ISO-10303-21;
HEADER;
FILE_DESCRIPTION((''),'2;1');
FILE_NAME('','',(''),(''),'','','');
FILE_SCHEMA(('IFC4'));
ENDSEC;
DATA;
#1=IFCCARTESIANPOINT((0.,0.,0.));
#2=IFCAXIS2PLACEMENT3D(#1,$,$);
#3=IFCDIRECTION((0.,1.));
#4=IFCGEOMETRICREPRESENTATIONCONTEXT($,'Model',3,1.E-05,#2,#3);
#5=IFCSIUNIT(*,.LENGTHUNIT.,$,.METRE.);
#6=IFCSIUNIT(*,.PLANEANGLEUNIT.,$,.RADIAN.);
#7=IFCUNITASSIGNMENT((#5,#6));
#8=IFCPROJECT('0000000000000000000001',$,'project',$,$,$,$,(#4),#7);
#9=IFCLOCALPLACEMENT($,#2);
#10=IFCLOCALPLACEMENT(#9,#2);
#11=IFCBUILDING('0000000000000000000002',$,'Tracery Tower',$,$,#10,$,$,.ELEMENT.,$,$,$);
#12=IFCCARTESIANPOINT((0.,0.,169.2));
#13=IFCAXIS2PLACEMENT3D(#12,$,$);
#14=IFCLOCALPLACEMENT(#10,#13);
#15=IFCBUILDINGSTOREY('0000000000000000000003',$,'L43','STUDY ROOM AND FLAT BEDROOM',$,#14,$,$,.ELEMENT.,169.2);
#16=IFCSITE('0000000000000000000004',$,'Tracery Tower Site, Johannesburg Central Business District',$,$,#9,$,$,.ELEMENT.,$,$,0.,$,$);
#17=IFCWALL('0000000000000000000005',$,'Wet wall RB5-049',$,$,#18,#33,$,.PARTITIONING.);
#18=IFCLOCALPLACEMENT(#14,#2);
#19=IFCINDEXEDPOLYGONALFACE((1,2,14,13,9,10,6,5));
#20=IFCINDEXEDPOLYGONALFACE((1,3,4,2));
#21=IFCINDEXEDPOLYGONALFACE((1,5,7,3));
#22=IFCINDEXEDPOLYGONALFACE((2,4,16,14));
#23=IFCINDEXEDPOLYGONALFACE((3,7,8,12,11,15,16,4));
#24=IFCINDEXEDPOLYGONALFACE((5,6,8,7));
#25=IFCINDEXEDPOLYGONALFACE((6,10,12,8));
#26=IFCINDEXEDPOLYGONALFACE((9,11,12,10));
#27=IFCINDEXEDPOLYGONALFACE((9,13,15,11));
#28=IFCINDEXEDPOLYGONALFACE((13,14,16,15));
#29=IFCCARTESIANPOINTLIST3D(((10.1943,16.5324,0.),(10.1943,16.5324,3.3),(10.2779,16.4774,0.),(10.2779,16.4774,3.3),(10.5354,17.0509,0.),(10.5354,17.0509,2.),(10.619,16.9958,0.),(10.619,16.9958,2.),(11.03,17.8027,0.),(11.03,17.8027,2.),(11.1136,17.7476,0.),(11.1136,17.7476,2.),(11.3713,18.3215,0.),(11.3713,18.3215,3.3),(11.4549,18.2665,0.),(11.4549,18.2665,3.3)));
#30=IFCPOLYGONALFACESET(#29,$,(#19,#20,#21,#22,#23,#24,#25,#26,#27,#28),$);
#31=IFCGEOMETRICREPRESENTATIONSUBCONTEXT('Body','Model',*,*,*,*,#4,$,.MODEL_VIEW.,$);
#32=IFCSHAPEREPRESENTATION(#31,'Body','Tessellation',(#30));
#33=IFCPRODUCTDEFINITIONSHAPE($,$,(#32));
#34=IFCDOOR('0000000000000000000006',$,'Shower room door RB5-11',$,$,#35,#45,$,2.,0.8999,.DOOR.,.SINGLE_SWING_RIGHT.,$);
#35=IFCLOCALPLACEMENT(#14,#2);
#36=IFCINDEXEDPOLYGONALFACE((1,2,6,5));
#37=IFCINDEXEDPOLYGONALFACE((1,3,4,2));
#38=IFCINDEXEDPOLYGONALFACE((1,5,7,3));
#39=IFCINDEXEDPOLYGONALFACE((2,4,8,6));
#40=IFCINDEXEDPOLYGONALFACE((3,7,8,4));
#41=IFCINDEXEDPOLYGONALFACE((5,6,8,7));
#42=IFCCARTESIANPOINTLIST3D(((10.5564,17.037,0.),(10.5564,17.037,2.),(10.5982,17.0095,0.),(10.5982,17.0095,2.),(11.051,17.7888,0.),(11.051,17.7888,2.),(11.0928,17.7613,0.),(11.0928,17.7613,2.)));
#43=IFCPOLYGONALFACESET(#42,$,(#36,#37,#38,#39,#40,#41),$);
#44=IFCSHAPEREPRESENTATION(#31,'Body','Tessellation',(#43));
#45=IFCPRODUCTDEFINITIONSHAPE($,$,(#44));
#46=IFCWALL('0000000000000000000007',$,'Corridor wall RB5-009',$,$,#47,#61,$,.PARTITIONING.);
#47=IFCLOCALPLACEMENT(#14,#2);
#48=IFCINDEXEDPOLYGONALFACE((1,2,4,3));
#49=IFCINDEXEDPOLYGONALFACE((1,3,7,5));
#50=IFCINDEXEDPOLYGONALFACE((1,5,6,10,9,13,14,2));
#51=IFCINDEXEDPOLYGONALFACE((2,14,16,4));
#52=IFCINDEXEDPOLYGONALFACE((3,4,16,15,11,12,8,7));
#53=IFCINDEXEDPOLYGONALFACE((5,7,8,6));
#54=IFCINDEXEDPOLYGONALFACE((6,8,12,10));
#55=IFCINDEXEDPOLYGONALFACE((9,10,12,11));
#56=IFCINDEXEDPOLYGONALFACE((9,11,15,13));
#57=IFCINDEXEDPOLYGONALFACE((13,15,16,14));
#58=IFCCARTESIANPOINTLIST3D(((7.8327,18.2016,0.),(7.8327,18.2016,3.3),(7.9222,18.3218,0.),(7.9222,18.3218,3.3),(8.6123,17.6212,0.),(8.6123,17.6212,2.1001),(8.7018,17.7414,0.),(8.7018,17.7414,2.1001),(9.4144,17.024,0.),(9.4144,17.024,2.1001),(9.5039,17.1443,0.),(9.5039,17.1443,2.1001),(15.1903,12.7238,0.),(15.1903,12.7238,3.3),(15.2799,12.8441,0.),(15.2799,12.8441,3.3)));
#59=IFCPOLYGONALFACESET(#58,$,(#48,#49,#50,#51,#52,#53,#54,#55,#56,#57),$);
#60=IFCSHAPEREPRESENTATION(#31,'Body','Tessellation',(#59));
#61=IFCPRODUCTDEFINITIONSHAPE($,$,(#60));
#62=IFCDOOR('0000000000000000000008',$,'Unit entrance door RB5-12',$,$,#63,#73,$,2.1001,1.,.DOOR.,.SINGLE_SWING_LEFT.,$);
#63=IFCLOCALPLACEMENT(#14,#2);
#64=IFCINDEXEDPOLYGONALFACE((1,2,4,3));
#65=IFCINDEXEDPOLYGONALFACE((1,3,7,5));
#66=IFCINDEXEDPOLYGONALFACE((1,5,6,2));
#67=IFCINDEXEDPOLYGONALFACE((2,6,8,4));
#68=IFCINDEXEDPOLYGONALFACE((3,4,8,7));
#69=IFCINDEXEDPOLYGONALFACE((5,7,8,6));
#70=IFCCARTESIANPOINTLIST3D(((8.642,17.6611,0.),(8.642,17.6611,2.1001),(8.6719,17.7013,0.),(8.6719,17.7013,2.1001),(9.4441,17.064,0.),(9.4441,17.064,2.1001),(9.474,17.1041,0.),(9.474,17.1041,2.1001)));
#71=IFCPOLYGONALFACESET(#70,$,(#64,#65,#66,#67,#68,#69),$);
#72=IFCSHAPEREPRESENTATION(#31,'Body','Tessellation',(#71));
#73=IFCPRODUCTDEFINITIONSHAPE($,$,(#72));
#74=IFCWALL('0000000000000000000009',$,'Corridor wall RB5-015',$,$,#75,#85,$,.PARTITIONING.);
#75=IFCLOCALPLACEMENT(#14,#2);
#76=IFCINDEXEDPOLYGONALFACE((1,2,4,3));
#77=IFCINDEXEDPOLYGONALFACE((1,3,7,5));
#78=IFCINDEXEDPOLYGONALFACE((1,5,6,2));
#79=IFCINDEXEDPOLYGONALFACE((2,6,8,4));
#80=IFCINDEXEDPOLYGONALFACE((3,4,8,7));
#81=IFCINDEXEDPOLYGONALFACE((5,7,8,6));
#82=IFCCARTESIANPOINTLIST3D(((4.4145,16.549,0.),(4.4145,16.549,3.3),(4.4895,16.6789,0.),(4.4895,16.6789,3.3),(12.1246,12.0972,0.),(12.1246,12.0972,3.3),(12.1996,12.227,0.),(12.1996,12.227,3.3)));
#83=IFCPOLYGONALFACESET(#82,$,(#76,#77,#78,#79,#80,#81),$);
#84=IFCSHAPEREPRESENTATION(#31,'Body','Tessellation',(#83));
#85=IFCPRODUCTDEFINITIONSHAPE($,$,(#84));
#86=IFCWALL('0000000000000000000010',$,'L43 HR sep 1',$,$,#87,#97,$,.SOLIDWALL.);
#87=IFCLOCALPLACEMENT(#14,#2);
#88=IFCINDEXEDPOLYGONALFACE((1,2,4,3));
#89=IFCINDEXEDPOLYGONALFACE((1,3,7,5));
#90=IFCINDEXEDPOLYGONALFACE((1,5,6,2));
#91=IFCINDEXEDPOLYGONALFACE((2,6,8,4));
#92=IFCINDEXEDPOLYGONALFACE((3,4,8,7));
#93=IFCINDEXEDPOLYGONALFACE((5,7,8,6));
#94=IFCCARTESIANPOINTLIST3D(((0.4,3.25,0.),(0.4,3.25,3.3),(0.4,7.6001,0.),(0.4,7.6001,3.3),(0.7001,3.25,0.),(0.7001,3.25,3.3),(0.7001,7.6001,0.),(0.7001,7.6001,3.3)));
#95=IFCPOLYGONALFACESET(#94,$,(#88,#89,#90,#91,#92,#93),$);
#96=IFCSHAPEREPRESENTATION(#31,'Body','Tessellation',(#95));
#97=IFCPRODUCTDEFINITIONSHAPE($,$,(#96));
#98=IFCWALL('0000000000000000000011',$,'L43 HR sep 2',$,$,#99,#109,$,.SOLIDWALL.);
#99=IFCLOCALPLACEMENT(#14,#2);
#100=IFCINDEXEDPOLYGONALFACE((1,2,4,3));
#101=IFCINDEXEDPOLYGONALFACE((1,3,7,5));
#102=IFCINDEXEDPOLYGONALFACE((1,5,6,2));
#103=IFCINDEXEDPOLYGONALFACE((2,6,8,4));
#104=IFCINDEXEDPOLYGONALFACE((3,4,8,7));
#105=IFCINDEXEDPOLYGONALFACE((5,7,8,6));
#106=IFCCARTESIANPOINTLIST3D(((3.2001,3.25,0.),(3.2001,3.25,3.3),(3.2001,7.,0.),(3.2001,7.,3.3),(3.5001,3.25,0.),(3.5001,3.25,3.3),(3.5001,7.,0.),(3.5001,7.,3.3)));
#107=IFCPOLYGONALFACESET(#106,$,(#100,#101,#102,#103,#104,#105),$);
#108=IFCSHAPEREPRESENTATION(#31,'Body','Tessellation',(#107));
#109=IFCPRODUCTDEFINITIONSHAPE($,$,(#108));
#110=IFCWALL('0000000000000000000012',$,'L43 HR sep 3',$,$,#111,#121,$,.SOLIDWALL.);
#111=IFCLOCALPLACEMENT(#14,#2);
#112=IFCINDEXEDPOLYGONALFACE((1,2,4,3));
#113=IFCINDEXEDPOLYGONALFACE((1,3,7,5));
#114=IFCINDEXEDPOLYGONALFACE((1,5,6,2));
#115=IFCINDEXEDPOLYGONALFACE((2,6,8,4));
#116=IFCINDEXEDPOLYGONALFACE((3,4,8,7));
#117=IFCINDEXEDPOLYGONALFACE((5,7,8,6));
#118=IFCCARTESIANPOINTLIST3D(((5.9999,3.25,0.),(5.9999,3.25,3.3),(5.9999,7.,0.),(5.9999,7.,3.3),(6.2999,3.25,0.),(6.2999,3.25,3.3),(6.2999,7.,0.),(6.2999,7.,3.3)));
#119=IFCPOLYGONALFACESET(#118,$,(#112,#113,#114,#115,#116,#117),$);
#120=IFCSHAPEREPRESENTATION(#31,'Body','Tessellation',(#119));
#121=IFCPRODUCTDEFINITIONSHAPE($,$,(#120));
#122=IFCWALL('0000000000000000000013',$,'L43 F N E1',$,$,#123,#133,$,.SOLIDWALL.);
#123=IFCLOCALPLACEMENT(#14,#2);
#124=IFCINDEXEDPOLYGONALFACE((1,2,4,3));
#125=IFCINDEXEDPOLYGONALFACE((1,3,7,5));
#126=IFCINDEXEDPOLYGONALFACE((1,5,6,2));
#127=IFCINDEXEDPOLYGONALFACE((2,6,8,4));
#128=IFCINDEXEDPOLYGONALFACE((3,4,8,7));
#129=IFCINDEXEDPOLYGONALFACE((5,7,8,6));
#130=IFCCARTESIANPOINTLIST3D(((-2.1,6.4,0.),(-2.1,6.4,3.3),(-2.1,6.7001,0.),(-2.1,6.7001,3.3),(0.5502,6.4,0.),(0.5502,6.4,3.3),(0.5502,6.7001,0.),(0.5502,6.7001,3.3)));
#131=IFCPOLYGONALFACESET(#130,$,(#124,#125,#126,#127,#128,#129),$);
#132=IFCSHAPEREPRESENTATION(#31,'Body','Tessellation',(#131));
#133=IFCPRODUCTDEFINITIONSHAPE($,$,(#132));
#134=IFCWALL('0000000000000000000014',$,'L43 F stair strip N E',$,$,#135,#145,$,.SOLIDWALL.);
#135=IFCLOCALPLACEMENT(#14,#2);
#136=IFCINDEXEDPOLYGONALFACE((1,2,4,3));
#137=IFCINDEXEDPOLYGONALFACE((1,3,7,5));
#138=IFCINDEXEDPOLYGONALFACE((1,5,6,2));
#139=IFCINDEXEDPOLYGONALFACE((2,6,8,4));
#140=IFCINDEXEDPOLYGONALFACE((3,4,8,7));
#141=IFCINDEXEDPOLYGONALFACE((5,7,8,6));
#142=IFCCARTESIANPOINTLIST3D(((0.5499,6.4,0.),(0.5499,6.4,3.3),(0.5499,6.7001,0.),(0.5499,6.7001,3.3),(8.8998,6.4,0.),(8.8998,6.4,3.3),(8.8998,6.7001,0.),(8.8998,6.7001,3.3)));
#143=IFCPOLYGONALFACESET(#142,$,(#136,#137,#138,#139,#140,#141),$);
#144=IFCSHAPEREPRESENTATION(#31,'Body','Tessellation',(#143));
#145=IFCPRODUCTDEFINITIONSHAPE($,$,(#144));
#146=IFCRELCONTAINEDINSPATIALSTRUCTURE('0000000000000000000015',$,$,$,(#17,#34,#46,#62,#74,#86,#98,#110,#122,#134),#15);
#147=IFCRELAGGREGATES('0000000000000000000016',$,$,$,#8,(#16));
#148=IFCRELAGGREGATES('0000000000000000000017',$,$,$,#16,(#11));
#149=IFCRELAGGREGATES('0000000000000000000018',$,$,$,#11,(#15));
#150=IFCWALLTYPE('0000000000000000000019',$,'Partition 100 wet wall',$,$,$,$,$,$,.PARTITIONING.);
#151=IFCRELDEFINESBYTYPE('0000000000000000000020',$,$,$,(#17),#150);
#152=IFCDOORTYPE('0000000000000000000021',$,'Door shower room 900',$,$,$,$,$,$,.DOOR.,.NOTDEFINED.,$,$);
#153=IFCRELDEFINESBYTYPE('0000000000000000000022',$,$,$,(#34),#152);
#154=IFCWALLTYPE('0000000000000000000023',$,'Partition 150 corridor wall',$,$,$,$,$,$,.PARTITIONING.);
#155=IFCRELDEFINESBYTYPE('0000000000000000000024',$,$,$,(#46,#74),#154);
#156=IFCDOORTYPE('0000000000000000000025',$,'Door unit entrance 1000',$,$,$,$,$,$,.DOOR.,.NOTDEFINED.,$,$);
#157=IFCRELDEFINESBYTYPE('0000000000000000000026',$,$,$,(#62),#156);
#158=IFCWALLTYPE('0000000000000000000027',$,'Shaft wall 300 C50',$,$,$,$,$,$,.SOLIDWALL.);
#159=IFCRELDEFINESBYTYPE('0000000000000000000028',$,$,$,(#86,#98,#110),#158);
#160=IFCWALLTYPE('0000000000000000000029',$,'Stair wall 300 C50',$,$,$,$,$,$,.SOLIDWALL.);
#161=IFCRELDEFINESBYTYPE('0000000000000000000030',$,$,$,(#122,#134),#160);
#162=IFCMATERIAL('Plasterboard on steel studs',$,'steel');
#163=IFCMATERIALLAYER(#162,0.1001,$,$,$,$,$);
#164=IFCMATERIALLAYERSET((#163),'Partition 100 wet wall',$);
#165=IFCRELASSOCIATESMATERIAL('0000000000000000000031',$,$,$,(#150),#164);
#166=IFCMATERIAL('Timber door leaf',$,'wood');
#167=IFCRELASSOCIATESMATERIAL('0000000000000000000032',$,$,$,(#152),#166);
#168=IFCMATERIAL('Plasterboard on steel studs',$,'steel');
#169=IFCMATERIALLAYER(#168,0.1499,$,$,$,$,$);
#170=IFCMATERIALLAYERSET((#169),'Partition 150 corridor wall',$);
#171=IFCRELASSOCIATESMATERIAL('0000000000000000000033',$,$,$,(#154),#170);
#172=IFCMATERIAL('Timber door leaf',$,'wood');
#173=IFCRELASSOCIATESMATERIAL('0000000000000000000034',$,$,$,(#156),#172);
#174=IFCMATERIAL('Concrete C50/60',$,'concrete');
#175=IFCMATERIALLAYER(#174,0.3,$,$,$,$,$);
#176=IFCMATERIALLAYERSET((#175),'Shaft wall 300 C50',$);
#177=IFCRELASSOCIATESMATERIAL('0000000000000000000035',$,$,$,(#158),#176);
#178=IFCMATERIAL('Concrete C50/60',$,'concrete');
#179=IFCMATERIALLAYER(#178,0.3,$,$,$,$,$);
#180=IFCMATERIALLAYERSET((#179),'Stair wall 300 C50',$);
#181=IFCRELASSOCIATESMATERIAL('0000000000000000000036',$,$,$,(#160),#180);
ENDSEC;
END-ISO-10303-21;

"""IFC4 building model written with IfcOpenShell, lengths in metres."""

from ifc_helpers import new_model, si_unit, direction, frame, frame_2d, origin, place, context, subcontext, project, spatial, rectangle, extrude, material, layer, layer_set, type_object, element, fill, save


model = new_model("IFC4")

# Units and contexts
model_context = context("Model", 3, precision=1e-05, world=origin(), true_north=direction((0.0, 1.0)))
body_context = subcontext(model_context, "Body", "Model", "MODEL_VIEW")
ifc_project = project(units=[si_unit("LENGTHUNIT", "METRE"), si_unit("PLANEANGLEUNIT", "RADIAN")], contexts=[model_context])

# Site, building, storey
site_placement = place(None, origin())
site = spatial("IfcSite", under=ifc_project, at=site_placement, Name="Tracery Tower Site, Johannesburg Central Business District", CompositionType="ELEMENT", RefElevation=0.0)
building_placement = place(site_placement, origin())
building = spatial("IfcBuilding", under=site, at=building_placement, Name="Tracery Tower", CompositionType="ELEMENT")
storey_placement = place(building_placement, frame((0.0, 0.0, 169.2)))
storey = spatial("IfcBuildingStorey", under=building, at=storey_placement, Name="L43", Description="STUDY ROOM AND FLAT BEDROOM", CompositionType="ELEMENT", Elevation=169.2)

# Walls, openings, doors
ifc_material_1 = material(Name="Plasterboard on steel studs", Category="steel")
ifc_layer_1 = layer(ifc_material_1, 0.1001)
ifc_layer_set_1 = layer_set([ifc_layer_1], Name="Partition 100 wet wall")
wall_type_1 = type_object("IfcWallType", Name="Partition 100 wet wall", PredefinedType="PARTITIONING", material=ifc_layer_set_1)
wall_1_placement = place(storey_placement, frame((10.2361, 16.5049, 0.0), z_axis=(0.0, 0.0, 1.0), x_axis=(0.549612, 0.83542, 0.0)))
wall_1 = element("IfcWall", 1, at=wall_1_placement, inside=storey, type_object=wall_type_1, Name="Wet wall RB5-049", PredefinedType="PARTITIONING", context=body_context, shape_type="SweptSolid", body=[
    extrude(rectangle(XDim=2.1416, YDim=0.1001, at=frame_2d((1.0708, 0.0))), origin(), (0.0, 0.0, 1.0), 3.3),
])
opening_1_placement = place(wall_1_placement, frame((0.6206, 0.0, 0.0)))
opening_1 = element("IfcOpeningElement", 2, at=opening_1_placement, cuts=wall_1, PredefinedType="OPENING", context=body_context, shape_type="SweptSolid", body=[
    extrude(rectangle(XDim=0.8999, YDim=2.0, at=frame_2d((0.45, 1.0))), frame((0.0, 0.05, 0.0), z_axis=(0.0, -1.0, 0.0), x_axis=(1.0, 0.0, 0.0)), (0.0, 0.0, 1.0), 0.1001),
])
ifc_material_2 = material(Name="Timber door leaf", Category="wood")
door_type_1 = type_object("IfcDoorType", Name="Door shower room 900", OperationType="NOTDEFINED", PredefinedType="DOOR", material=ifc_material_2)
door_1_placement = place(opening_1_placement, origin())
door_1 = element("IfcDoor", 3, at=door_1_placement, inside=storey, type_object=door_type_1, Name="Shower room door RB5-11", OperationType="SINGLE_SWING_RIGHT", OverallHeight=2.0, OverallWidth=0.8999, PredefinedType="DOOR", context=body_context, shape_type="SweptSolid", body=[
    extrude(rectangle(XDim=0.8999, YDim=2.0, at=frame_2d((0.45, 1.0))), frame((0.0, 0.0249, 0.0), z_axis=(0.0, -1.0, 0.0), x_axis=(1.0, 0.0, 0.0)), (0.0, 0.0, 1.0), 0.05),
])
fill(opening_1, door_1)
ifc_material_3 = material(Name="Plasterboard on steel studs", Category="steel")
ifc_layer_2 = layer(ifc_material_3, 0.1499)
ifc_layer_set_2 = layer_set([ifc_layer_2], Name="Partition 150 corridor wall")
wall_type_2 = type_object("IfcWallType", Name="Partition 150 corridor wall", PredefinedType="PARTITIONING", material=ifc_layer_set_2)
wall_2_placement = place(storey_placement, frame((7.8774, 18.2617, 0.0), z_axis=(0.0, 0.0, 1.0), x_axis=(0.802113, -0.597173, 0.0)))
wall_2 = element("IfcWall", 4, at=wall_2_placement, inside=storey, type_object=wall_type_2, Name="Corridor wall RB5-009", PredefinedType="PARTITIONING", context=body_context, shape_type="SweptSolid", body=[
    extrude(rectangle(XDim=9.1729, YDim=0.1499, at=frame_2d((4.5864, 0.0))), origin(), (0.0, 0.0, 1.0), 3.3),
])
opening_2_placement = place(wall_2_placement, frame((0.9719, 0.0, 0.0)))
opening_2 = element("IfcOpeningElement", 5, at=opening_2_placement, cuts=wall_2, PredefinedType="OPENING", context=body_context, shape_type="SweptSolid", body=[
    extrude(rectangle(XDim=1.0, YDim=2.1001, at=frame_2d((0.5, 1.05))), frame((0.0, 0.075, 0.0), z_axis=(0.0, -1.0, 0.0), x_axis=(1.0, 0.0, 0.0)), (0.0, 0.0, 1.0), 0.1499),
])
ifc_material_4 = material(Name="Timber door leaf", Category="wood")
door_type_2 = type_object("IfcDoorType", Name="Door unit entrance 1000", OperationType="NOTDEFINED", PredefinedType="DOOR", material=ifc_material_4)
door_2_placement = place(opening_2_placement, origin())
door_2 = element("IfcDoor", 6, at=door_2_placement, inside=storey, type_object=door_type_2, Name="Unit entrance door RB5-12", OperationType="SINGLE_SWING_LEFT", OverallHeight=2.1001, OverallWidth=1.0, PredefinedType="DOOR", context=body_context, shape_type="SweptSolid", body=[
    extrude(rectangle(XDim=1.0, YDim=2.1001, at=frame_2d((0.5, 1.05))), frame((0.0, 0.0249, 0.0), z_axis=(0.0, -1.0, 0.0), x_axis=(1.0, 0.0, 0.0)), (0.0, 0.0, 1.0), 0.05),
])
fill(opening_2, door_2)

# Walls
wall_3_placement = place(storey_placement, frame((4.4519, 16.614, 0.0), z_axis=(0.0, 0.0, 1.0), x_axis=(0.866005, -0.500035, 0.0)))
element("IfcWall", 7, at=wall_3_placement, inside=storey, type_object=wall_type_2, Name="Corridor wall RB5-015", PredefinedType="PARTITIONING", context=body_context, shape_type="SweptSolid", body=[
    extrude(rectangle(XDim=8.9031, YDim=0.1499, at=frame_2d((4.4517, 0.0))), origin(), (0.0, 0.0, 1.0), 3.3),
])
ifc_material_5 = material(Name="Concrete C50/60", Category="concrete")
ifc_layer_3 = layer(ifc_material_5, 0.3)
ifc_layer_set_3 = layer_set([ifc_layer_3], Name="Shaft wall 300 C50")
wall_type_3 = type_object("IfcWallType", Name="Shaft wall 300 C50", PredefinedType="SOLIDWALL", material=ifc_layer_set_3)
wall_4_placement = place(storey_placement, frame((0.55, 3.25, 0.0), z_axis=(0.0, 0.0, 1.0), x_axis=(0.0, 1.0, 0.0)))
element("IfcWall", 8, at=wall_4_placement, inside=storey, type_object=wall_type_3, Name="L43 HR sep 1", PredefinedType="SOLIDWALL", context=body_context, shape_type="SweptSolid", body=[
    extrude(rectangle(XDim=4.3501, YDim=0.3, at=frame_2d((2.175, 0.0))), origin(), (0.0, 0.0, 1.0), 3.3),
])
for number, where, z_axis, x_axis, name in (
    (9, (3.3501, 3.25, 0.0), (0.0, 0.0, 1.0), (0.0, 1.0, 0.0), "L43 HR sep 2"),
    (10, (6.1499, 3.25, 0.0), (0.0, 0.0, 1.0), (0.0, 1.0, 0.0), "L43 HR sep 3"),
):
    element("IfcWall", number, at=place(storey_placement, frame(where, z_axis=z_axis, x_axis=x_axis)), inside=storey, type_object=wall_type_3, Name=name, PredefinedType="SOLIDWALL", context=body_context, shape_type="SweptSolid", body=[
        extrude(rectangle(XDim=3.75, YDim=0.3, at=frame_2d((1.875, 0.0))), origin(), (0.0, 0.0, 1.0), 3.3),
    ])

# Walls
ifc_material_6 = material(Name="Concrete C50/60", Category="concrete")
ifc_layer_4 = layer(ifc_material_6, 0.3)
ifc_layer_set_4 = layer_set([ifc_layer_4], Name="Stair wall 300 C50")
wall_type_4 = type_object("IfcWallType", Name="Stair wall 300 C50", PredefinedType="SOLIDWALL", material=ifc_layer_set_4)
wall_5_placement = place(storey_placement, frame((-2.1001, 6.55, 0.0), z_axis=(0.0, 0.0, 1.0), x_axis=(1.0, 0.0, 0.0)))
element("IfcWall", 11, at=wall_5_placement, inside=storey, type_object=wall_type_4, Name="L43 F N E1", PredefinedType="SOLIDWALL", context=body_context, shape_type="SweptSolid", body=[
    extrude(rectangle(XDim=2.6501, YDim=0.3, at=frame_2d((1.3252, 0.0))), origin(), (0.0, 0.0, 1.0), 3.3),
])
wall_6_placement = place(storey_placement, frame((0.55, 6.55, 0.0), z_axis=(0.0, 0.0, 1.0), x_axis=(1.0, 0.0, 0.0)))
element("IfcWall", 12, at=wall_6_placement, inside=storey, type_object=wall_type_4, Name="L43 F stair strip N E", PredefinedType="SOLIDWALL", context=body_context, shape_type="SweptSolid", body=[
    extrude(rectangle(XDim=8.3499, YDim=0.3, at=frame_2d((4.1748, 0.0))), origin(), (0.0, 0.0, 1.0), 3.3),
])

save(model, "model.ifc")
